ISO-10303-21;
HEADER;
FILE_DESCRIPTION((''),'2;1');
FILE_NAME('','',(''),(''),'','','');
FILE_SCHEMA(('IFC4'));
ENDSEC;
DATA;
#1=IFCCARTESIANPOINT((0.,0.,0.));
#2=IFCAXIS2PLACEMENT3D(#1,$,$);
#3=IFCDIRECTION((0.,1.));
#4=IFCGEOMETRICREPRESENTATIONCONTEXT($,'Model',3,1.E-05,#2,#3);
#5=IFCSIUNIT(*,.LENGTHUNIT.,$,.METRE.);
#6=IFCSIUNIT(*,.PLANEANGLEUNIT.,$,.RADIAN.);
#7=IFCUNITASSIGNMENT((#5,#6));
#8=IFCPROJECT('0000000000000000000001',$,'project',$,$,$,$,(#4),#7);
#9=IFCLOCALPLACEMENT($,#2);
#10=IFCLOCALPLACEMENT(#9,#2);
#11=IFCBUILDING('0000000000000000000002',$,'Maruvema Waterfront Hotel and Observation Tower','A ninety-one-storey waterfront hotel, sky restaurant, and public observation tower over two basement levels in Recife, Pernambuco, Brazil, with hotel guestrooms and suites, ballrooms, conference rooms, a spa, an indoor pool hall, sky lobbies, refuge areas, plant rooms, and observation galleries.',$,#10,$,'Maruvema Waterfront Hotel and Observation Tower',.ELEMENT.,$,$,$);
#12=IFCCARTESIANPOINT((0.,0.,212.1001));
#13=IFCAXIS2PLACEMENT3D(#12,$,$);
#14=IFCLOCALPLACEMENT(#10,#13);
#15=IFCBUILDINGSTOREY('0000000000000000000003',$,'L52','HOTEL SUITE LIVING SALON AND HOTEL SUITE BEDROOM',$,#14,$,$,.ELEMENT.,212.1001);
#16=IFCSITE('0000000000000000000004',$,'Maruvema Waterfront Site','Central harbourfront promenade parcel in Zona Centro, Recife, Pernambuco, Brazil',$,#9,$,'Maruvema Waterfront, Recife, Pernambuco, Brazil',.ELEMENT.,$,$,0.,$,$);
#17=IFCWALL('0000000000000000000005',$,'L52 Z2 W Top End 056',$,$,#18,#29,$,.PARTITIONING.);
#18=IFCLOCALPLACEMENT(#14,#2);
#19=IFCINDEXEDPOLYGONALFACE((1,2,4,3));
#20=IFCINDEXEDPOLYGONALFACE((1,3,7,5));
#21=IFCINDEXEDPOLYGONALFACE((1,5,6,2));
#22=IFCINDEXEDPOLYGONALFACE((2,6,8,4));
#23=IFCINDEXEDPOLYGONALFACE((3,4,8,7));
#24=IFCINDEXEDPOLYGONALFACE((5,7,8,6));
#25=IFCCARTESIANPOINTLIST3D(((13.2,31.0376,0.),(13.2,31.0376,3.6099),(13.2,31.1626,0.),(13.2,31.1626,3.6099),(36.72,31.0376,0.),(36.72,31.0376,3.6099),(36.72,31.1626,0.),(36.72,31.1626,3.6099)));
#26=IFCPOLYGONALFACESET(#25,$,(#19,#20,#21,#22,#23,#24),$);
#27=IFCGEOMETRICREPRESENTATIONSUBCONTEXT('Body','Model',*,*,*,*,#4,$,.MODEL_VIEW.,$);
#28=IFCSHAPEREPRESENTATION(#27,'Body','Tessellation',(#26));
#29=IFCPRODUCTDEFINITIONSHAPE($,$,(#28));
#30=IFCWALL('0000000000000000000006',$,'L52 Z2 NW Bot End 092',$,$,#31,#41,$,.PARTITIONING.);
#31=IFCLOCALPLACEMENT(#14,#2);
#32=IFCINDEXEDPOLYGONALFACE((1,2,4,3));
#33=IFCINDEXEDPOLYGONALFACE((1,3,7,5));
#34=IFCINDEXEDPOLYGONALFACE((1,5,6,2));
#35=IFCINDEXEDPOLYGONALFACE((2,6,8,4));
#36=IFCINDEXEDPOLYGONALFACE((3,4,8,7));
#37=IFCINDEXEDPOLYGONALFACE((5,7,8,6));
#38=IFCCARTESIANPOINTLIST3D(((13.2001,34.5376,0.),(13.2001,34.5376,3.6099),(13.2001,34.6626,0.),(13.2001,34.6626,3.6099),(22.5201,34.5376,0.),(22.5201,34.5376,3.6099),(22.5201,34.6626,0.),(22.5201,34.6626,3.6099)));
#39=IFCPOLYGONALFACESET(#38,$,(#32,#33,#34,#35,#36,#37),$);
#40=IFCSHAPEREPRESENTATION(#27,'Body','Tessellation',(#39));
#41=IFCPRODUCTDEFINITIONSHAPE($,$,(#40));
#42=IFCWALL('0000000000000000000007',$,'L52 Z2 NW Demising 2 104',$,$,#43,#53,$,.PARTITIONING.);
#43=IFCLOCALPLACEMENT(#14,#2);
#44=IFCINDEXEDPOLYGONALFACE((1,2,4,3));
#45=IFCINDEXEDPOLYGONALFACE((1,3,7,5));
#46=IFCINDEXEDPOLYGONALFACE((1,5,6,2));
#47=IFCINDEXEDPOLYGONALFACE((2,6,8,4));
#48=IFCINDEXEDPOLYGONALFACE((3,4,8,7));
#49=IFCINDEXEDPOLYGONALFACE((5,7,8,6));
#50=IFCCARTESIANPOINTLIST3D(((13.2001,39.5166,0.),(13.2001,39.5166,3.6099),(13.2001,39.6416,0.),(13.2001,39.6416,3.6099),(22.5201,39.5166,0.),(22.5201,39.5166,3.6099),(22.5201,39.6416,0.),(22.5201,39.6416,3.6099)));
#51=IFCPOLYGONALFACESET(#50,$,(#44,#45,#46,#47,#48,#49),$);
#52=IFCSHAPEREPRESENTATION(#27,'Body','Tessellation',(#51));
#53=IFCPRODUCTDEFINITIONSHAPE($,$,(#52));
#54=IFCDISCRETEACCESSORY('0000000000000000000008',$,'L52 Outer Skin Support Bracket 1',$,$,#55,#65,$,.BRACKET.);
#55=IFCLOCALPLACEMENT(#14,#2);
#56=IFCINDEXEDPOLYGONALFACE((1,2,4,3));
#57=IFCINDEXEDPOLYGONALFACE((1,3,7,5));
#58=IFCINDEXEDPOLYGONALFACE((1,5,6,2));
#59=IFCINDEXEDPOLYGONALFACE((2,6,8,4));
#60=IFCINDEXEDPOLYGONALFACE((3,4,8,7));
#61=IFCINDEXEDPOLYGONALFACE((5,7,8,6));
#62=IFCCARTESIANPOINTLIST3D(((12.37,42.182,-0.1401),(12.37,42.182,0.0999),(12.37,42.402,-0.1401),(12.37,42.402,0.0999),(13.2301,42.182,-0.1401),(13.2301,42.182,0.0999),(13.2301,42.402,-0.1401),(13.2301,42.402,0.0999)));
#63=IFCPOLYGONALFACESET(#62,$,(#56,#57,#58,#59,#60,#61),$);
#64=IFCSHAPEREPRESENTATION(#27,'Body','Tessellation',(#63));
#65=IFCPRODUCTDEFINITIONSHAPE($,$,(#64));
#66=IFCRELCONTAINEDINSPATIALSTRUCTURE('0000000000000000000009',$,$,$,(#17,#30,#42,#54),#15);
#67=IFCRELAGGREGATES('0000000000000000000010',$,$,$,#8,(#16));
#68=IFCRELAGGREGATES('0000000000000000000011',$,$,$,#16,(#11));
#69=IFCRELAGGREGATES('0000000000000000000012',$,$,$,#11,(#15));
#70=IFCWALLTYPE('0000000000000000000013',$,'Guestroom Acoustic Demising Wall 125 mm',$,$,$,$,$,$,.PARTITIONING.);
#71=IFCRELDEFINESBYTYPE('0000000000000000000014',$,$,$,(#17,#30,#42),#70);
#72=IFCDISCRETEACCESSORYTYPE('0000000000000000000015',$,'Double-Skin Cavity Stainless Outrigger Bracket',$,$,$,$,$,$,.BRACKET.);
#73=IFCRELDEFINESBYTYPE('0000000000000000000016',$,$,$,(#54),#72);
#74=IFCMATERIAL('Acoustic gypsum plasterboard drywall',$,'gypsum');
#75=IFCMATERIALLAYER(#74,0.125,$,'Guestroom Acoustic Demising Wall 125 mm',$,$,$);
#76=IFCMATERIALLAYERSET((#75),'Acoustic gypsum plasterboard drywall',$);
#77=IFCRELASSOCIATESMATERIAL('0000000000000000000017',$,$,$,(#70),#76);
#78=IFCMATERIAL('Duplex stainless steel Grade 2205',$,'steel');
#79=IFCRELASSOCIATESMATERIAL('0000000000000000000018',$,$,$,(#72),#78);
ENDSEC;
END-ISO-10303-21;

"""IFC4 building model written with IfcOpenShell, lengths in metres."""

from ifc_helpers import new_model, si_unit, direction, frame, frame_2d, origin, origin_2d, place, context, subcontext, project, spatial, rectangle, extrude, material, layer, layer_set, type_object, element, save


model = new_model("IFC4")

# Units and contexts
model_context = context("Model", 3, precision=1e-05, world=origin(), true_north=direction((0.0, 1.0)))
body_context = subcontext(model_context, "Body", "Model", "MODEL_VIEW")
ifc_project = project(units=[si_unit("LENGTHUNIT", "METRE"), si_unit("PLANEANGLEUNIT", "RADIAN")], contexts=[model_context])

# Site, building, storey
site_placement = place(None, origin())
site = spatial("IfcSite", under=ifc_project, at=site_placement, Name="Maruvema Waterfront Site", Description="Central harbourfront promenade parcel in Zona Centro, Recife, Pernambuco, Brazil", LongName="Maruvema Waterfront, Recife, Pernambuco, Brazil", CompositionType="ELEMENT", RefElevation=0.0)
building_placement = place(site_placement, origin())
building = spatial("IfcBuilding", under=site, at=building_placement, Name="Maruvema Waterfront Hotel and Observation Tower", Description="A ninety-one-storey waterfront hotel, sky restaurant, and public observation tower over two basement levels in Recife, Pernambuco, Brazil, with hotel guestrooms and suites, ballrooms, conference rooms, a spa, an indoor pool hall, sky lobbies, refuge areas, plant rooms, and observation galleries.", LongName="Maruvema Waterfront Hotel and Observation Tower", CompositionType="ELEMENT")
storey_placement = place(building_placement, frame((0.0, 0.0, 212.1001)))
storey = spatial("IfcBuildingStorey", under=building, at=storey_placement, Name="L52", Description="HOTEL SUITE LIVING SALON AND HOTEL SUITE BEDROOM", CompositionType="ELEMENT", Elevation=212.1001)

# Walls
ifc_material_1 = material(Name="Acoustic gypsum plasterboard drywall", Category="gypsum")
ifc_layer_1 = layer(ifc_material_1, 0.125, Name="Guestroom Acoustic Demising Wall 125 mm")
ifc_layer_set_1 = layer_set([ifc_layer_1], Name="Acoustic gypsum plasterboard drywall")
wall_type_1 = type_object("IfcWallType", Name="Guestroom Acoustic Demising Wall 125 mm", PredefinedType="PARTITIONING", material=ifc_layer_set_1)
wall_1_placement = place(storey_placement, frame((13.2, 31.1001, 0.0), z_axis=(0.0, 0.0, 1.0), x_axis=(1.0, 0.0, 0.0)))
element("IfcWall", 1, at=wall_1_placement, inside=storey, type_object=wall_type_1, Name="L52 Z2 W Top End 056", PredefinedType="PARTITIONING", context=body_context, shape_type="SweptSolid", body=[
    extrude(rectangle(XDim=23.52, YDim=0.125, at=frame_2d((11.76, 0.0))), origin(), (0.0, 0.0, 1.0), 3.6099),
])
for number, where, z_axis, x_axis, name in (
    (2, (13.2, 34.6001, 0.0), (0.0, 0.0, 1.0), (1.0, 0.0, 0.0), "L52 Z2 NW Bot End 092"),
    (3, (13.2, 39.5791, 0.0), (0.0, 0.0, 1.0), (1.0, 0.0, 0.0), "L52 Z2 NW Demising 2 104"),
):
    element("IfcWall", number, at=place(storey_placement, frame(where, z_axis=z_axis, x_axis=x_axis)), inside=storey, type_object=wall_type_1, Name=name, PredefinedType="PARTITIONING", context=body_context, shape_type="SweptSolid", body=[
        extrude(rectangle(XDim=9.3201, YDim=0.125, at=frame_2d((4.6602, 0.0))), origin(), (0.0, 0.0, 1.0), 3.6099),
    ])

# Discrete accessory
ifc_material_2 = material(Name="Duplex stainless steel Grade 2205", Category="steel")
discrete_accessory_type = type_object("IfcDiscreteAccessoryType", Name="Double-Skin Cavity Stainless Outrigger Bracket", PredefinedType="BRACKET", material=ifc_material_2)
discrete_accessory_placement = place(storey_placement, frame((12.8, 42.292, -0.1401), z_axis=(0.0, 0.0, 1.0), x_axis=(0.0, -1.0, 0.0)))
element("IfcDiscreteAccessory", 4, at=discrete_accessory_placement, inside=storey, type_object=discrete_accessory_type, Name="L52 Outer Skin Support Bracket 1", PredefinedType="BRACKET", context=body_context, shape_type="SweptSolid", body=[
    extrude(rectangle(XDim=0.22, YDim=0.8601, at=origin_2d()), origin(), (0.0, 0.0, 1.0), 0.24),
])

save(model, "model.ifc")
